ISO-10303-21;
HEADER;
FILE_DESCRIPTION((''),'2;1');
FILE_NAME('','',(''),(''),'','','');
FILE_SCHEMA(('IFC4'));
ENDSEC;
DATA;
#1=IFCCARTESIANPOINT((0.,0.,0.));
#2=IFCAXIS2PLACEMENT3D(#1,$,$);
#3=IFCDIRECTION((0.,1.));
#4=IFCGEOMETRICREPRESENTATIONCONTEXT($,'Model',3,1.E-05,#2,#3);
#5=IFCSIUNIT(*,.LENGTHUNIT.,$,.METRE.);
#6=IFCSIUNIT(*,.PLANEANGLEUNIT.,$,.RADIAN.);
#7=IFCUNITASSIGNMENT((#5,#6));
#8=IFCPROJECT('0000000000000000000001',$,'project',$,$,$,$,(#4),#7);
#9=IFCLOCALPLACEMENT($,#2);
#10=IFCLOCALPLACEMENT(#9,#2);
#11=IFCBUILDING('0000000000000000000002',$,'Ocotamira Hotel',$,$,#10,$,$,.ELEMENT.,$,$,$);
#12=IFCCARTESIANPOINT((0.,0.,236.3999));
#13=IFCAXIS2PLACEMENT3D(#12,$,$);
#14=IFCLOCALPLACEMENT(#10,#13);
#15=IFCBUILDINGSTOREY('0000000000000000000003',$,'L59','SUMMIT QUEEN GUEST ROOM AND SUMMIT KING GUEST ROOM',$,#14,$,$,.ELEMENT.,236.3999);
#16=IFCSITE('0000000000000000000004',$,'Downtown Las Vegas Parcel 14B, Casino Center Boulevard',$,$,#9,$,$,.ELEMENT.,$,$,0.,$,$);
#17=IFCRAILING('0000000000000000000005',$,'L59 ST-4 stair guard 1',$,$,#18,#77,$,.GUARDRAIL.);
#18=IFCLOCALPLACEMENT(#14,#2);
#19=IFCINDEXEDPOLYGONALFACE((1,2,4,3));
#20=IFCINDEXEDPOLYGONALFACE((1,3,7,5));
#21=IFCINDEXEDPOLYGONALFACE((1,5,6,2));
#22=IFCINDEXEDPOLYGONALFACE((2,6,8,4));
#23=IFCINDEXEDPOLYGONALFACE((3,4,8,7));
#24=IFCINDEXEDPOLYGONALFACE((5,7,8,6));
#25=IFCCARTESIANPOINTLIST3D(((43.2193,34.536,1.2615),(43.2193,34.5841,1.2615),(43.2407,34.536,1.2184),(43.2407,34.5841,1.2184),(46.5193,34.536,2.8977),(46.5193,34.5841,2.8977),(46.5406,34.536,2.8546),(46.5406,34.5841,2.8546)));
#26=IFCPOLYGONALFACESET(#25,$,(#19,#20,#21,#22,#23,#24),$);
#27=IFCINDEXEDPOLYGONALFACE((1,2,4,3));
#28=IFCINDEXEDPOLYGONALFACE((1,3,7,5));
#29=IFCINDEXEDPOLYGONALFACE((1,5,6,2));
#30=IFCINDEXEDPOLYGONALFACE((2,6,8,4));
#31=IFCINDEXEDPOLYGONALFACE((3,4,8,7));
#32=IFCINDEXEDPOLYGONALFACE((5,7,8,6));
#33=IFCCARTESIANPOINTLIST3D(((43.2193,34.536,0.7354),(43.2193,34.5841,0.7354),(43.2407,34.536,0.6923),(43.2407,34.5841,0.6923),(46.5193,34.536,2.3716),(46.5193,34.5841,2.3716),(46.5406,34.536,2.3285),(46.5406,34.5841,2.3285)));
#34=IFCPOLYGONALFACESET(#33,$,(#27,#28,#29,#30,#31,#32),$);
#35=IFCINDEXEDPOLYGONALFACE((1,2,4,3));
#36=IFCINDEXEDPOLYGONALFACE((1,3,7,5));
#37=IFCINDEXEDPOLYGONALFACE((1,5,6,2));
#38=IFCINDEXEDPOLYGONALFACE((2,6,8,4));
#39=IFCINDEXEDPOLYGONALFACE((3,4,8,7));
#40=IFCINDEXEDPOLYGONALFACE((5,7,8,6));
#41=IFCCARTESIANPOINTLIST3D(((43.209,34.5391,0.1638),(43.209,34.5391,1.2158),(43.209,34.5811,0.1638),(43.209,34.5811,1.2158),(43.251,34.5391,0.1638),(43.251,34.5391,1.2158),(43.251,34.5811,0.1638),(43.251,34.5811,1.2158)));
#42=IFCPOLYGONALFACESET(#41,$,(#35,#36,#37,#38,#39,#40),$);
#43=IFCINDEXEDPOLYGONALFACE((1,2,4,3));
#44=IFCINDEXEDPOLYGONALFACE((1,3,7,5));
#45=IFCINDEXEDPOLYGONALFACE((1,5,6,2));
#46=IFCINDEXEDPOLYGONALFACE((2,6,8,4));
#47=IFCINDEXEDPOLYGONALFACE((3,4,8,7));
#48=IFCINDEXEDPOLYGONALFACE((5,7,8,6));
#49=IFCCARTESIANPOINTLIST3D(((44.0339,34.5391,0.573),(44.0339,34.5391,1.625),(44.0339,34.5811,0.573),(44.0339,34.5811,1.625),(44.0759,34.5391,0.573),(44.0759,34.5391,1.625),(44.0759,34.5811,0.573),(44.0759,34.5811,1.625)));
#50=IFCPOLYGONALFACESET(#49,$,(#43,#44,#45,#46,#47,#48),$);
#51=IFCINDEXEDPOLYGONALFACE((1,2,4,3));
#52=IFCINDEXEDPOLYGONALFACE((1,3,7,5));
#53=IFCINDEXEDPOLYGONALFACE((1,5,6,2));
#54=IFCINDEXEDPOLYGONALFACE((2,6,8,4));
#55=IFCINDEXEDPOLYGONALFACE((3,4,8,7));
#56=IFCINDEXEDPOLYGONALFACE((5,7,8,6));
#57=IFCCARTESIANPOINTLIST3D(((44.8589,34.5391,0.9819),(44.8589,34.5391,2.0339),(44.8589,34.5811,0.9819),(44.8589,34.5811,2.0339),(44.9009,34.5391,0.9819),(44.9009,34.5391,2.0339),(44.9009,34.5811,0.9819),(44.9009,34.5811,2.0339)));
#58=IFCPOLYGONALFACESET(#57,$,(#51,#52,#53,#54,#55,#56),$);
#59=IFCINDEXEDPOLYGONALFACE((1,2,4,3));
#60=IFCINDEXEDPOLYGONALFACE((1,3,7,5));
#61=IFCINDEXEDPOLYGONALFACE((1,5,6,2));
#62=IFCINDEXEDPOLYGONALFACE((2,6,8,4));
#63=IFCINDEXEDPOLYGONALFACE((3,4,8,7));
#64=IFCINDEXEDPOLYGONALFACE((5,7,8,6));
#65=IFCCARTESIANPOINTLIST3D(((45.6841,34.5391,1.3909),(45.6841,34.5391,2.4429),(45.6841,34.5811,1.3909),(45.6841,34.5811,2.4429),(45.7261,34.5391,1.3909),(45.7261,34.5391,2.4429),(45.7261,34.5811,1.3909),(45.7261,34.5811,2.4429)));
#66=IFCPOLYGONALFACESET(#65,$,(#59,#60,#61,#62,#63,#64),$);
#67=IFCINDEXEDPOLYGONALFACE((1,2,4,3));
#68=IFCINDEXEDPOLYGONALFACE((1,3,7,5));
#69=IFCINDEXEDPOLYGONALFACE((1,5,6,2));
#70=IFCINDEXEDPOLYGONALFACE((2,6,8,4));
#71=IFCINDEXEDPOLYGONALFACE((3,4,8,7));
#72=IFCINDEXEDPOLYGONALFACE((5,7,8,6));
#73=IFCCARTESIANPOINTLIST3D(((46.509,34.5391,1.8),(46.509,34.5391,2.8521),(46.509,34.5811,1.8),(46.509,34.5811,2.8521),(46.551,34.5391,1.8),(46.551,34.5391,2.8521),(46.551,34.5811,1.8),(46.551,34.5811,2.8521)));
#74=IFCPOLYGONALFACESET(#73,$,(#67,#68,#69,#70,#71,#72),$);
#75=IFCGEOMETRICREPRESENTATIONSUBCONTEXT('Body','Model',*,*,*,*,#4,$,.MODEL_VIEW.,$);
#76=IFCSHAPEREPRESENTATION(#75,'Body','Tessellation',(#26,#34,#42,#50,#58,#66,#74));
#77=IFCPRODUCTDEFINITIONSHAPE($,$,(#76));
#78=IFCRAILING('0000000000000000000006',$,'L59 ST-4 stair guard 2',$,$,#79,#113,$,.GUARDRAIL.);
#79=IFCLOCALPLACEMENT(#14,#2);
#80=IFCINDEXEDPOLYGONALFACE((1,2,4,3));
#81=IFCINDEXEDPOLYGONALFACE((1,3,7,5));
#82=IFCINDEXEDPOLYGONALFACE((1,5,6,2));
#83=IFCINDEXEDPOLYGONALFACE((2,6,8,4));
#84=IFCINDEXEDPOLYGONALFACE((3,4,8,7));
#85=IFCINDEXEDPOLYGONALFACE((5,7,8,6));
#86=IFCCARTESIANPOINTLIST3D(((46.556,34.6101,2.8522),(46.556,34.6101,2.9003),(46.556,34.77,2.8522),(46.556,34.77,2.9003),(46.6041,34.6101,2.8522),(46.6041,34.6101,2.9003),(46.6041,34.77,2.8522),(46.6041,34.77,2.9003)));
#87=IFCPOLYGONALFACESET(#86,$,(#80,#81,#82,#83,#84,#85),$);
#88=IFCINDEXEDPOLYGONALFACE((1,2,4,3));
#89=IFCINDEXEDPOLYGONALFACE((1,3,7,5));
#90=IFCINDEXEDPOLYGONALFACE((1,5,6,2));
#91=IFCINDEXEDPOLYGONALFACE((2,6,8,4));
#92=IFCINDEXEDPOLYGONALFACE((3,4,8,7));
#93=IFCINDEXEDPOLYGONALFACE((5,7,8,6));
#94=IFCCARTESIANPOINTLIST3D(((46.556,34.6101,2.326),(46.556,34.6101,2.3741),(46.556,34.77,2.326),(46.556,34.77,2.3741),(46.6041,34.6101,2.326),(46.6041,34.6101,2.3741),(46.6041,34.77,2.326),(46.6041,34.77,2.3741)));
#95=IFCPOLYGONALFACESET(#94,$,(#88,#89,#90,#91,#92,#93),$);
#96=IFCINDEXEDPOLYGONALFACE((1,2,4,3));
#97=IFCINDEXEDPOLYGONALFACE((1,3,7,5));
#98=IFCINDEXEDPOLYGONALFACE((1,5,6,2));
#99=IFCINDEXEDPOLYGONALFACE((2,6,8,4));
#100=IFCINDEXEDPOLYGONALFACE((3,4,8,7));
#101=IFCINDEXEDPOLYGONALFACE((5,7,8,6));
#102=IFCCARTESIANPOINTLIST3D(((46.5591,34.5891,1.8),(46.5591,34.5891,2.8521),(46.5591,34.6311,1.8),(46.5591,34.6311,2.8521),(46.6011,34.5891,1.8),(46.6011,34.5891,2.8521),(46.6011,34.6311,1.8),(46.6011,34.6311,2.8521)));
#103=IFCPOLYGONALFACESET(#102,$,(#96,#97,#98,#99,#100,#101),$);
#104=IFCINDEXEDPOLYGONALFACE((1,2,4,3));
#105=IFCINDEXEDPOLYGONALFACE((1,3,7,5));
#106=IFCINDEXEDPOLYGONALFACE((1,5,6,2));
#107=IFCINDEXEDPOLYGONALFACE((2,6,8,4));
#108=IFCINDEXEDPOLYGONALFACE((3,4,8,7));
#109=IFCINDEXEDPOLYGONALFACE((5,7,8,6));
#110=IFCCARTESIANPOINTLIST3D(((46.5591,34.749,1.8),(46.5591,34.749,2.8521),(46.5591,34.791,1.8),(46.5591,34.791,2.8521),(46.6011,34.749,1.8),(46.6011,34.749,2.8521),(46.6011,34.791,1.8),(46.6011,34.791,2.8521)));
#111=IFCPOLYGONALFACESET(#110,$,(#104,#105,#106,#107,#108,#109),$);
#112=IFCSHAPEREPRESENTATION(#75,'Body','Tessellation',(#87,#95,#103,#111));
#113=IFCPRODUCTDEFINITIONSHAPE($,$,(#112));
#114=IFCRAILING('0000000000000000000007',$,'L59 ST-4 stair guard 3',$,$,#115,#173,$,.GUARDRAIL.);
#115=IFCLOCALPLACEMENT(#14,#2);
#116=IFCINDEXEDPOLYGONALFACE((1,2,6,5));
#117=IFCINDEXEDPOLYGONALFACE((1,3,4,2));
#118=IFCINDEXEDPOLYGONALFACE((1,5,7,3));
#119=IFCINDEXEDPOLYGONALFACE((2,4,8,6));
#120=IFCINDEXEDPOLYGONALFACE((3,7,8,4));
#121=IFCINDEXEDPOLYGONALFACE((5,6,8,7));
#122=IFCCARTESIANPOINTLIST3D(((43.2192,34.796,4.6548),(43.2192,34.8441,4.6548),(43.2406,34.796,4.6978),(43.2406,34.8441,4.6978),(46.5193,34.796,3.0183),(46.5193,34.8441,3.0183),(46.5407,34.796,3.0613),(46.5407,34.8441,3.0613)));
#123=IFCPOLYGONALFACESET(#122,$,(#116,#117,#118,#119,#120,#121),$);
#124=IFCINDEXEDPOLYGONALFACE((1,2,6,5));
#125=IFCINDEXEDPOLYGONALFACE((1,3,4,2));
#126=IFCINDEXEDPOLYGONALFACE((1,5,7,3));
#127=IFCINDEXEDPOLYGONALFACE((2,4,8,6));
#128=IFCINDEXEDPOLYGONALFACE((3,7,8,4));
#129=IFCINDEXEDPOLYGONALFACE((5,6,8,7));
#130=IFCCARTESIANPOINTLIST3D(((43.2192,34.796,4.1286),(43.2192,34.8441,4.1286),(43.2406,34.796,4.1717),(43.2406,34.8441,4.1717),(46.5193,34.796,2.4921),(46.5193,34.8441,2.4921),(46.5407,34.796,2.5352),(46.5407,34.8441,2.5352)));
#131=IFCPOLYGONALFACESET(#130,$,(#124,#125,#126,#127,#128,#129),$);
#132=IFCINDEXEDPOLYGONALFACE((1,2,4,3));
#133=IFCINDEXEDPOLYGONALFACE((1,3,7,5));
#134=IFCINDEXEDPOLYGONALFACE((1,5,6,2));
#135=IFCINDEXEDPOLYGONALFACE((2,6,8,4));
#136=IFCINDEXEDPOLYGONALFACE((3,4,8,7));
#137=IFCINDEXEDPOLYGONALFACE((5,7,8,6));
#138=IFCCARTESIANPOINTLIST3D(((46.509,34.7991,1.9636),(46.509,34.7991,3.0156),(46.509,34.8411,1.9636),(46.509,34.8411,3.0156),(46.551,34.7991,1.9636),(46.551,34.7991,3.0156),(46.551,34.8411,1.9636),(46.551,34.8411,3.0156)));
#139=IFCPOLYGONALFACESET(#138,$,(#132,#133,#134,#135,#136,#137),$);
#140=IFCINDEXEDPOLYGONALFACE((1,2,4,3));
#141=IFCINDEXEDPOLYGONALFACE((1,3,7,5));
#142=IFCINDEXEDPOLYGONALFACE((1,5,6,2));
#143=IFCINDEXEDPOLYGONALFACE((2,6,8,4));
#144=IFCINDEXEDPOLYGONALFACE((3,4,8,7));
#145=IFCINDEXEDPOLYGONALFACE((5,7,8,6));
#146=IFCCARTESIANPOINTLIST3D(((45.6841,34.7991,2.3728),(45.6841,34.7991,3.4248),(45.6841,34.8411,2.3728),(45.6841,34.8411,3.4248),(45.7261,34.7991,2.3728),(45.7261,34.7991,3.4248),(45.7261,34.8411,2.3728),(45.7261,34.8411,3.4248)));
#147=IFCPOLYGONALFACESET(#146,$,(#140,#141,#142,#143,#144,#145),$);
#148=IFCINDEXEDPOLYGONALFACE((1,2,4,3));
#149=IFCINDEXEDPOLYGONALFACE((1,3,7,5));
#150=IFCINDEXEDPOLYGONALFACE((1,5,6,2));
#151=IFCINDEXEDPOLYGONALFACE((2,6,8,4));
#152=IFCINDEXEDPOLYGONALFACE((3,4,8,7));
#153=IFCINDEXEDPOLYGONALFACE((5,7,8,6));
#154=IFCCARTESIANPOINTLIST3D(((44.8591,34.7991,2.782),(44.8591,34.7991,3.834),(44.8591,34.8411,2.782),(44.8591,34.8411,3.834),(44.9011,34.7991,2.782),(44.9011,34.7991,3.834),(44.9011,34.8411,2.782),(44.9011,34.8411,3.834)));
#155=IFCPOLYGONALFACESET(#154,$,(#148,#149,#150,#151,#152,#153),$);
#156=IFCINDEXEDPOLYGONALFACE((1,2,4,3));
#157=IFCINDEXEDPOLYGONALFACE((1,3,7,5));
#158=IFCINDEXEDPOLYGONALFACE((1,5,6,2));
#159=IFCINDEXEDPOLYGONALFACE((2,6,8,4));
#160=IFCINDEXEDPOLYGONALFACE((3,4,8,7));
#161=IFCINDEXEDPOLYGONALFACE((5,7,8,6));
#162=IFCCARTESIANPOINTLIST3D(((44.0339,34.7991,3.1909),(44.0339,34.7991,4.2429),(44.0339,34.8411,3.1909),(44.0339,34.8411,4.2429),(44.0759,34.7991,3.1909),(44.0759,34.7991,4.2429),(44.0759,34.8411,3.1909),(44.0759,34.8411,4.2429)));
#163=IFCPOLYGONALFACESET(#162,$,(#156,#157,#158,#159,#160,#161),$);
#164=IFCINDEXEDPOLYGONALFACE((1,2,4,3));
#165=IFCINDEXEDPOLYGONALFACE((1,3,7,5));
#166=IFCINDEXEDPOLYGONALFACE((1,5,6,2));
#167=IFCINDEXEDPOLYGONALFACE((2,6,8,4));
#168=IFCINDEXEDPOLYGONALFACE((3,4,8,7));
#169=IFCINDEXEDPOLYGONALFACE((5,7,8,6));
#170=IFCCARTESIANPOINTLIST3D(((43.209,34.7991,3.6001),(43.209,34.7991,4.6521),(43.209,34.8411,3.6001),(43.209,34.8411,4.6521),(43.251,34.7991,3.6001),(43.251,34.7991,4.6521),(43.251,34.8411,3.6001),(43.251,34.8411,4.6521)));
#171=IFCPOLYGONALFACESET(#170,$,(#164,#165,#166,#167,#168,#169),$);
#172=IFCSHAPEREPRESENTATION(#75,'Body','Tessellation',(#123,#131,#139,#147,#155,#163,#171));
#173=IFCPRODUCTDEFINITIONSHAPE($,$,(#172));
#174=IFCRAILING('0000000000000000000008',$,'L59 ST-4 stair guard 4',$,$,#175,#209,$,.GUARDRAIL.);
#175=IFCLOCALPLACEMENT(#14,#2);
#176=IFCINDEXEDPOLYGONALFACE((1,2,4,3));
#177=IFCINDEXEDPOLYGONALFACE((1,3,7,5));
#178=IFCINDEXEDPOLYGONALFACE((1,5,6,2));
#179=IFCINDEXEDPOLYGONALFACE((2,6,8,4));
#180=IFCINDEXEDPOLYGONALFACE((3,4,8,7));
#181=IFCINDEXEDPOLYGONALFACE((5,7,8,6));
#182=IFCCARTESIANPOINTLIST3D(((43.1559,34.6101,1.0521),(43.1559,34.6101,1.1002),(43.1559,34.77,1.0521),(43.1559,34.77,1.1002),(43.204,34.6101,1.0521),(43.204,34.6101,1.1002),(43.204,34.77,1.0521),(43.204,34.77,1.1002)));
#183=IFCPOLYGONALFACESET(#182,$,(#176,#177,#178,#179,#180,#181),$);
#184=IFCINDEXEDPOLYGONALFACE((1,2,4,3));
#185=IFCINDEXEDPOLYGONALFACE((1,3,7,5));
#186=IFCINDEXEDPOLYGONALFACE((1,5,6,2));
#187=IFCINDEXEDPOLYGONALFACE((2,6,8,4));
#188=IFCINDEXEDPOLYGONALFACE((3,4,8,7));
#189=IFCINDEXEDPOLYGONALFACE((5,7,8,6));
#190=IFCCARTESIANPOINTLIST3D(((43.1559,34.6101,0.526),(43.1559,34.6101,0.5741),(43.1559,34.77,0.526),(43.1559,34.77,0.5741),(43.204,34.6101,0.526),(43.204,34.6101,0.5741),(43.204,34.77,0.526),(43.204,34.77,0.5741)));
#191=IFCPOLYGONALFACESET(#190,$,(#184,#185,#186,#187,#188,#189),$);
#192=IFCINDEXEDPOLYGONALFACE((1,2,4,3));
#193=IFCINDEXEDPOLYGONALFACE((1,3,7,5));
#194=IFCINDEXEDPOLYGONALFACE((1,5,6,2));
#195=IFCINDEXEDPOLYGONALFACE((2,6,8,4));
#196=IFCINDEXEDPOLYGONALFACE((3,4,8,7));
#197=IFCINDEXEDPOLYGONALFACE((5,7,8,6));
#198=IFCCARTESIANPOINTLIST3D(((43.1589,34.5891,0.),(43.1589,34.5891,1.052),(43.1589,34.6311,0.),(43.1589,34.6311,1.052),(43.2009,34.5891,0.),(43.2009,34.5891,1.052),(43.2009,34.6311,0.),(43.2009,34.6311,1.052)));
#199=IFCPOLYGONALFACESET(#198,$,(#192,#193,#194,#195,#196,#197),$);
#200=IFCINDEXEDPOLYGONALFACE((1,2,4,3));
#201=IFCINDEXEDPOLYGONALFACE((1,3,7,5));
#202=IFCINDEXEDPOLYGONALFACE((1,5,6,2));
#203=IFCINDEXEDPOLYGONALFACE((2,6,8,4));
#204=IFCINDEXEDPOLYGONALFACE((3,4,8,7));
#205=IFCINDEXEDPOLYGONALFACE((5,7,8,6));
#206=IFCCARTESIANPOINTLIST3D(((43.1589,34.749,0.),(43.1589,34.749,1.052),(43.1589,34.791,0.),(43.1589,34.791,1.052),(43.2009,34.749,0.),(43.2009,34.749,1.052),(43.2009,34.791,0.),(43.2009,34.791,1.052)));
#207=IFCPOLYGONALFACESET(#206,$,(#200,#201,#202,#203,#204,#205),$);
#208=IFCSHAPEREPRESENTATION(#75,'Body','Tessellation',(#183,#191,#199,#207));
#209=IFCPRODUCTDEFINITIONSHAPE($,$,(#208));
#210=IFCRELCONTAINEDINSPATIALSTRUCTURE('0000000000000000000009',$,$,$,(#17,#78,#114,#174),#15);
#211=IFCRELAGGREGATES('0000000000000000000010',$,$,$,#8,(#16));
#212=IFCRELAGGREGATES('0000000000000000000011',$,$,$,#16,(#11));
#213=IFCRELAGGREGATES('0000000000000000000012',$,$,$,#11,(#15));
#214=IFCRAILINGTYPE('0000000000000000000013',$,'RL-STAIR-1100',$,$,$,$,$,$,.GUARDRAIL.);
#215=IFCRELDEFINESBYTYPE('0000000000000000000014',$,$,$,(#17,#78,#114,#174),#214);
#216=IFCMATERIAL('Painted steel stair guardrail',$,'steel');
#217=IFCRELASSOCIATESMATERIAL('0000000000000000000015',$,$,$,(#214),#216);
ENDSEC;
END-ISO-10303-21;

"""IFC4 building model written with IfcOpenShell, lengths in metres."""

from ifc_helpers import new_model, si_unit, direction, frame, origin, origin_2d, place, context, subcontext, project, spatial, rectangle, extrude, material, type_object, element, save


model = new_model("IFC4")

# Units and contexts
model_context = context("Model", 3, precision=1e-05, world=origin(), true_north=direction((0.0, 1.0)))
body_context = subcontext(model_context, "Body", "Model", "MODEL_VIEW")
ifc_project = project(units=[si_unit("LENGTHUNIT", "METRE"), si_unit("PLANEANGLEUNIT", "RADIAN")], contexts=[model_context])

# Site, building, storey
site_placement = place(None, origin())
site = spatial("IfcSite", under=ifc_project, at=site_placement, Name="Downtown Las Vegas Parcel 14B, Casino Center Boulevard", CompositionType="ELEMENT", RefElevation=0.0)
building_placement = place(site_placement, origin())
building = spatial("IfcBuilding", under=site, at=building_placement, Name="Ocotamira Hotel", CompositionType="ELEMENT")
storey_placement = place(building_placement, frame((0.0, 0.0, 236.3999)))
storey = spatial("IfcBuildingStorey", under=building, at=storey_placement, Name="L59", Description="SUMMIT QUEEN GUEST ROOM AND SUMMIT KING GUEST ROOM", CompositionType="ELEMENT", Elevation=236.3999)

# Railings
ifc_material_1 = material(Name="Painted steel stair guardrail", Category="steel")
railing_type_1 = type_object("IfcRailingType", Name="RL-STAIR-1100", PredefinedType="GUARDRAIL", material=ifc_material_1)
railing_1_placement = place(storey_placement, frame((43.23, 34.5601, 0.1638)))
element("IfcRailing", 1, at=railing_1_placement, inside=storey, type_object=railing_type_1, Name="L59 ST-4 stair guard 1", PredefinedType="GUARDRAIL", context=body_context, shape_type="SweptSolid", body=[
    extrude(rectangle(XDim=0.0481, YDim=0.0481, at=origin_2d()), frame((0.0, 0.0, 1.0762), z_axis=(0.89592, 0.0, 0.444215), x_axis=(0.0, 1.0, 0.0)), (0.0, 0.0, 1.0), 3.6833),
    extrude(rectangle(XDim=0.0481, YDim=0.0481, at=origin_2d()), frame((0.0, 0.0, 0.55), z_axis=(0.89592, 0.0, 0.444215), x_axis=(0.0, 1.0, 0.0)), (0.0, 0.0, 1.0), 3.6833),
    extrude(rectangle(XDim=0.042, YDim=0.042, at=origin_2d()), origin(), (0.0, 0.0, 1.0), 1.052),
    extrude(rectangle(XDim=0.042, YDim=0.042, at=origin_2d()), frame((0.825, 0.0, 0.4092)), (0.0, 0.0, 1.0), 1.052),
    extrude(rectangle(XDim=0.042, YDim=0.042, at=origin_2d()), frame((1.6499, 0.0, 0.8181)), (0.0, 0.0, 1.0), 1.052),
    extrude(rectangle(XDim=0.042, YDim=0.042, at=origin_2d()), frame((2.4751, 0.0, 1.2271)), (0.0, 0.0, 1.0), 1.052),
    extrude(rectangle(XDim=0.042, YDim=0.042, at=origin_2d()), frame((3.3, 0.0, 1.6362)), (0.0, 0.0, 1.0), 1.052),
])
railing_2_placement = place(storey_placement, frame((46.5801, 34.6101, 1.8)))
element("IfcRailing", 2, at=railing_2_placement, inside=storey, type_object=railing_type_1, Name="L59 ST-4 stair guard 2", PredefinedType="GUARDRAIL", context=body_context, shape_type="SweptSolid", body=[
    extrude(rectangle(XDim=0.0481, YDim=0.0481, at=origin_2d()), frame((0.0, 0.0, 1.0762), z_axis=(0.0, 1.0, 0.0), x_axis=(-1.0, 0.0, 0.0)), (0.0, 0.0, 1.0), 0.1599),
    extrude(rectangle(XDim=0.0481, YDim=0.0481, at=origin_2d()), frame((0.0, 0.0, 0.55), z_axis=(0.0, 1.0, 0.0), x_axis=(-1.0, 0.0, 0.0)), (0.0, 0.0, 1.0), 0.1599),
    extrude(rectangle(XDim=0.042, YDim=0.042, at=origin_2d()), origin(), (0.0, 0.0, 1.0), 1.052),
    extrude(rectangle(XDim=0.042, YDim=0.042, at=origin_2d()), frame((0.0, 0.1599, 0.0)), (0.0, 0.0, 1.0), 1.052),
])
railing_3_placement = place(storey_placement, frame((46.53, 34.8201, 1.9636)))
element("IfcRailing", 3, at=railing_3_placement, inside=storey, type_object=railing_type_1, Name="L59 ST-4 stair guard 3", PredefinedType="GUARDRAIL", context=body_context, shape_type="SweptSolid", body=[
    extrude(rectangle(XDim=0.0481, YDim=0.0481, at=origin_2d()), frame((0.0, 0.0, 1.0762), z_axis=(-0.895894, 0.0, 0.444268), x_axis=(0.0, -1.0, 0.0)), (0.0, 0.0, 1.0), 3.6836),
    extrude(rectangle(XDim=0.0481, YDim=0.0481, at=origin_2d()), frame((0.0, 0.0, 0.55), z_axis=(-0.895894, 0.0, 0.444268), x_axis=(0.0, -1.0, 0.0)), (0.0, 0.0, 1.0), 3.6836),
    extrude(rectangle(XDim=0.042, YDim=0.042, at=origin_2d()), origin(), (0.0, 0.0, 1.0), 1.052),
    extrude(rectangle(XDim=0.042, YDim=0.042, at=origin_2d()), frame((-0.825, 0.0, 0.4092)), (0.0, 0.0, 1.0), 1.052),
    extrude(rectangle(XDim=0.042, YDim=0.042, at=origin_2d()), frame((-1.6499, 0.0, 0.8184)), (0.0, 0.0, 1.0), 1.052),
    extrude(rectangle(XDim=0.042, YDim=0.042, at=origin_2d()), frame((-2.4751, 0.0, 1.2273)), (0.0, 0.0, 1.0), 1.052),
    extrude(rectangle(XDim=0.042, YDim=0.042, at=origin_2d()), frame((-3.3, 0.0, 1.6365)), (0.0, 0.0, 1.0), 1.052),
])
railing_4_placement = place(storey_placement, frame((43.1799, 34.6101, 0.0)))
element("IfcRailing", 4, at=railing_4_placement, inside=storey, type_object=railing_type_1, Name="L59 ST-4 stair guard 4", PredefinedType="GUARDRAIL", context=body_context, shape_type="SweptSolid", body=[
    extrude(rectangle(XDim=0.0481, YDim=0.0481, at=origin_2d()), frame((0.0, 0.0, 1.0762), z_axis=(0.0, 1.0, 0.0), x_axis=(-1.0, 0.0, 0.0)), (0.0, 0.0, 1.0), 0.1599),
    extrude(rectangle(XDim=0.0481, YDim=0.0481, at=origin_2d()), frame((0.0, 0.0, 0.55), z_axis=(0.0, 1.0, 0.0), x_axis=(-1.0, 0.0, 0.0)), (0.0, 0.0, 1.0), 0.1599),
    extrude(rectangle(XDim=0.042, YDim=0.042, at=origin_2d()), origin(), (0.0, 0.0, 1.0), 1.052),
    extrude(rectangle(XDim=0.042, YDim=0.042, at=origin_2d()), frame((0.0, 0.1599, 0.0)), (0.0, 0.0, 1.0), 1.052),
])

save(model, "model.ifc")
